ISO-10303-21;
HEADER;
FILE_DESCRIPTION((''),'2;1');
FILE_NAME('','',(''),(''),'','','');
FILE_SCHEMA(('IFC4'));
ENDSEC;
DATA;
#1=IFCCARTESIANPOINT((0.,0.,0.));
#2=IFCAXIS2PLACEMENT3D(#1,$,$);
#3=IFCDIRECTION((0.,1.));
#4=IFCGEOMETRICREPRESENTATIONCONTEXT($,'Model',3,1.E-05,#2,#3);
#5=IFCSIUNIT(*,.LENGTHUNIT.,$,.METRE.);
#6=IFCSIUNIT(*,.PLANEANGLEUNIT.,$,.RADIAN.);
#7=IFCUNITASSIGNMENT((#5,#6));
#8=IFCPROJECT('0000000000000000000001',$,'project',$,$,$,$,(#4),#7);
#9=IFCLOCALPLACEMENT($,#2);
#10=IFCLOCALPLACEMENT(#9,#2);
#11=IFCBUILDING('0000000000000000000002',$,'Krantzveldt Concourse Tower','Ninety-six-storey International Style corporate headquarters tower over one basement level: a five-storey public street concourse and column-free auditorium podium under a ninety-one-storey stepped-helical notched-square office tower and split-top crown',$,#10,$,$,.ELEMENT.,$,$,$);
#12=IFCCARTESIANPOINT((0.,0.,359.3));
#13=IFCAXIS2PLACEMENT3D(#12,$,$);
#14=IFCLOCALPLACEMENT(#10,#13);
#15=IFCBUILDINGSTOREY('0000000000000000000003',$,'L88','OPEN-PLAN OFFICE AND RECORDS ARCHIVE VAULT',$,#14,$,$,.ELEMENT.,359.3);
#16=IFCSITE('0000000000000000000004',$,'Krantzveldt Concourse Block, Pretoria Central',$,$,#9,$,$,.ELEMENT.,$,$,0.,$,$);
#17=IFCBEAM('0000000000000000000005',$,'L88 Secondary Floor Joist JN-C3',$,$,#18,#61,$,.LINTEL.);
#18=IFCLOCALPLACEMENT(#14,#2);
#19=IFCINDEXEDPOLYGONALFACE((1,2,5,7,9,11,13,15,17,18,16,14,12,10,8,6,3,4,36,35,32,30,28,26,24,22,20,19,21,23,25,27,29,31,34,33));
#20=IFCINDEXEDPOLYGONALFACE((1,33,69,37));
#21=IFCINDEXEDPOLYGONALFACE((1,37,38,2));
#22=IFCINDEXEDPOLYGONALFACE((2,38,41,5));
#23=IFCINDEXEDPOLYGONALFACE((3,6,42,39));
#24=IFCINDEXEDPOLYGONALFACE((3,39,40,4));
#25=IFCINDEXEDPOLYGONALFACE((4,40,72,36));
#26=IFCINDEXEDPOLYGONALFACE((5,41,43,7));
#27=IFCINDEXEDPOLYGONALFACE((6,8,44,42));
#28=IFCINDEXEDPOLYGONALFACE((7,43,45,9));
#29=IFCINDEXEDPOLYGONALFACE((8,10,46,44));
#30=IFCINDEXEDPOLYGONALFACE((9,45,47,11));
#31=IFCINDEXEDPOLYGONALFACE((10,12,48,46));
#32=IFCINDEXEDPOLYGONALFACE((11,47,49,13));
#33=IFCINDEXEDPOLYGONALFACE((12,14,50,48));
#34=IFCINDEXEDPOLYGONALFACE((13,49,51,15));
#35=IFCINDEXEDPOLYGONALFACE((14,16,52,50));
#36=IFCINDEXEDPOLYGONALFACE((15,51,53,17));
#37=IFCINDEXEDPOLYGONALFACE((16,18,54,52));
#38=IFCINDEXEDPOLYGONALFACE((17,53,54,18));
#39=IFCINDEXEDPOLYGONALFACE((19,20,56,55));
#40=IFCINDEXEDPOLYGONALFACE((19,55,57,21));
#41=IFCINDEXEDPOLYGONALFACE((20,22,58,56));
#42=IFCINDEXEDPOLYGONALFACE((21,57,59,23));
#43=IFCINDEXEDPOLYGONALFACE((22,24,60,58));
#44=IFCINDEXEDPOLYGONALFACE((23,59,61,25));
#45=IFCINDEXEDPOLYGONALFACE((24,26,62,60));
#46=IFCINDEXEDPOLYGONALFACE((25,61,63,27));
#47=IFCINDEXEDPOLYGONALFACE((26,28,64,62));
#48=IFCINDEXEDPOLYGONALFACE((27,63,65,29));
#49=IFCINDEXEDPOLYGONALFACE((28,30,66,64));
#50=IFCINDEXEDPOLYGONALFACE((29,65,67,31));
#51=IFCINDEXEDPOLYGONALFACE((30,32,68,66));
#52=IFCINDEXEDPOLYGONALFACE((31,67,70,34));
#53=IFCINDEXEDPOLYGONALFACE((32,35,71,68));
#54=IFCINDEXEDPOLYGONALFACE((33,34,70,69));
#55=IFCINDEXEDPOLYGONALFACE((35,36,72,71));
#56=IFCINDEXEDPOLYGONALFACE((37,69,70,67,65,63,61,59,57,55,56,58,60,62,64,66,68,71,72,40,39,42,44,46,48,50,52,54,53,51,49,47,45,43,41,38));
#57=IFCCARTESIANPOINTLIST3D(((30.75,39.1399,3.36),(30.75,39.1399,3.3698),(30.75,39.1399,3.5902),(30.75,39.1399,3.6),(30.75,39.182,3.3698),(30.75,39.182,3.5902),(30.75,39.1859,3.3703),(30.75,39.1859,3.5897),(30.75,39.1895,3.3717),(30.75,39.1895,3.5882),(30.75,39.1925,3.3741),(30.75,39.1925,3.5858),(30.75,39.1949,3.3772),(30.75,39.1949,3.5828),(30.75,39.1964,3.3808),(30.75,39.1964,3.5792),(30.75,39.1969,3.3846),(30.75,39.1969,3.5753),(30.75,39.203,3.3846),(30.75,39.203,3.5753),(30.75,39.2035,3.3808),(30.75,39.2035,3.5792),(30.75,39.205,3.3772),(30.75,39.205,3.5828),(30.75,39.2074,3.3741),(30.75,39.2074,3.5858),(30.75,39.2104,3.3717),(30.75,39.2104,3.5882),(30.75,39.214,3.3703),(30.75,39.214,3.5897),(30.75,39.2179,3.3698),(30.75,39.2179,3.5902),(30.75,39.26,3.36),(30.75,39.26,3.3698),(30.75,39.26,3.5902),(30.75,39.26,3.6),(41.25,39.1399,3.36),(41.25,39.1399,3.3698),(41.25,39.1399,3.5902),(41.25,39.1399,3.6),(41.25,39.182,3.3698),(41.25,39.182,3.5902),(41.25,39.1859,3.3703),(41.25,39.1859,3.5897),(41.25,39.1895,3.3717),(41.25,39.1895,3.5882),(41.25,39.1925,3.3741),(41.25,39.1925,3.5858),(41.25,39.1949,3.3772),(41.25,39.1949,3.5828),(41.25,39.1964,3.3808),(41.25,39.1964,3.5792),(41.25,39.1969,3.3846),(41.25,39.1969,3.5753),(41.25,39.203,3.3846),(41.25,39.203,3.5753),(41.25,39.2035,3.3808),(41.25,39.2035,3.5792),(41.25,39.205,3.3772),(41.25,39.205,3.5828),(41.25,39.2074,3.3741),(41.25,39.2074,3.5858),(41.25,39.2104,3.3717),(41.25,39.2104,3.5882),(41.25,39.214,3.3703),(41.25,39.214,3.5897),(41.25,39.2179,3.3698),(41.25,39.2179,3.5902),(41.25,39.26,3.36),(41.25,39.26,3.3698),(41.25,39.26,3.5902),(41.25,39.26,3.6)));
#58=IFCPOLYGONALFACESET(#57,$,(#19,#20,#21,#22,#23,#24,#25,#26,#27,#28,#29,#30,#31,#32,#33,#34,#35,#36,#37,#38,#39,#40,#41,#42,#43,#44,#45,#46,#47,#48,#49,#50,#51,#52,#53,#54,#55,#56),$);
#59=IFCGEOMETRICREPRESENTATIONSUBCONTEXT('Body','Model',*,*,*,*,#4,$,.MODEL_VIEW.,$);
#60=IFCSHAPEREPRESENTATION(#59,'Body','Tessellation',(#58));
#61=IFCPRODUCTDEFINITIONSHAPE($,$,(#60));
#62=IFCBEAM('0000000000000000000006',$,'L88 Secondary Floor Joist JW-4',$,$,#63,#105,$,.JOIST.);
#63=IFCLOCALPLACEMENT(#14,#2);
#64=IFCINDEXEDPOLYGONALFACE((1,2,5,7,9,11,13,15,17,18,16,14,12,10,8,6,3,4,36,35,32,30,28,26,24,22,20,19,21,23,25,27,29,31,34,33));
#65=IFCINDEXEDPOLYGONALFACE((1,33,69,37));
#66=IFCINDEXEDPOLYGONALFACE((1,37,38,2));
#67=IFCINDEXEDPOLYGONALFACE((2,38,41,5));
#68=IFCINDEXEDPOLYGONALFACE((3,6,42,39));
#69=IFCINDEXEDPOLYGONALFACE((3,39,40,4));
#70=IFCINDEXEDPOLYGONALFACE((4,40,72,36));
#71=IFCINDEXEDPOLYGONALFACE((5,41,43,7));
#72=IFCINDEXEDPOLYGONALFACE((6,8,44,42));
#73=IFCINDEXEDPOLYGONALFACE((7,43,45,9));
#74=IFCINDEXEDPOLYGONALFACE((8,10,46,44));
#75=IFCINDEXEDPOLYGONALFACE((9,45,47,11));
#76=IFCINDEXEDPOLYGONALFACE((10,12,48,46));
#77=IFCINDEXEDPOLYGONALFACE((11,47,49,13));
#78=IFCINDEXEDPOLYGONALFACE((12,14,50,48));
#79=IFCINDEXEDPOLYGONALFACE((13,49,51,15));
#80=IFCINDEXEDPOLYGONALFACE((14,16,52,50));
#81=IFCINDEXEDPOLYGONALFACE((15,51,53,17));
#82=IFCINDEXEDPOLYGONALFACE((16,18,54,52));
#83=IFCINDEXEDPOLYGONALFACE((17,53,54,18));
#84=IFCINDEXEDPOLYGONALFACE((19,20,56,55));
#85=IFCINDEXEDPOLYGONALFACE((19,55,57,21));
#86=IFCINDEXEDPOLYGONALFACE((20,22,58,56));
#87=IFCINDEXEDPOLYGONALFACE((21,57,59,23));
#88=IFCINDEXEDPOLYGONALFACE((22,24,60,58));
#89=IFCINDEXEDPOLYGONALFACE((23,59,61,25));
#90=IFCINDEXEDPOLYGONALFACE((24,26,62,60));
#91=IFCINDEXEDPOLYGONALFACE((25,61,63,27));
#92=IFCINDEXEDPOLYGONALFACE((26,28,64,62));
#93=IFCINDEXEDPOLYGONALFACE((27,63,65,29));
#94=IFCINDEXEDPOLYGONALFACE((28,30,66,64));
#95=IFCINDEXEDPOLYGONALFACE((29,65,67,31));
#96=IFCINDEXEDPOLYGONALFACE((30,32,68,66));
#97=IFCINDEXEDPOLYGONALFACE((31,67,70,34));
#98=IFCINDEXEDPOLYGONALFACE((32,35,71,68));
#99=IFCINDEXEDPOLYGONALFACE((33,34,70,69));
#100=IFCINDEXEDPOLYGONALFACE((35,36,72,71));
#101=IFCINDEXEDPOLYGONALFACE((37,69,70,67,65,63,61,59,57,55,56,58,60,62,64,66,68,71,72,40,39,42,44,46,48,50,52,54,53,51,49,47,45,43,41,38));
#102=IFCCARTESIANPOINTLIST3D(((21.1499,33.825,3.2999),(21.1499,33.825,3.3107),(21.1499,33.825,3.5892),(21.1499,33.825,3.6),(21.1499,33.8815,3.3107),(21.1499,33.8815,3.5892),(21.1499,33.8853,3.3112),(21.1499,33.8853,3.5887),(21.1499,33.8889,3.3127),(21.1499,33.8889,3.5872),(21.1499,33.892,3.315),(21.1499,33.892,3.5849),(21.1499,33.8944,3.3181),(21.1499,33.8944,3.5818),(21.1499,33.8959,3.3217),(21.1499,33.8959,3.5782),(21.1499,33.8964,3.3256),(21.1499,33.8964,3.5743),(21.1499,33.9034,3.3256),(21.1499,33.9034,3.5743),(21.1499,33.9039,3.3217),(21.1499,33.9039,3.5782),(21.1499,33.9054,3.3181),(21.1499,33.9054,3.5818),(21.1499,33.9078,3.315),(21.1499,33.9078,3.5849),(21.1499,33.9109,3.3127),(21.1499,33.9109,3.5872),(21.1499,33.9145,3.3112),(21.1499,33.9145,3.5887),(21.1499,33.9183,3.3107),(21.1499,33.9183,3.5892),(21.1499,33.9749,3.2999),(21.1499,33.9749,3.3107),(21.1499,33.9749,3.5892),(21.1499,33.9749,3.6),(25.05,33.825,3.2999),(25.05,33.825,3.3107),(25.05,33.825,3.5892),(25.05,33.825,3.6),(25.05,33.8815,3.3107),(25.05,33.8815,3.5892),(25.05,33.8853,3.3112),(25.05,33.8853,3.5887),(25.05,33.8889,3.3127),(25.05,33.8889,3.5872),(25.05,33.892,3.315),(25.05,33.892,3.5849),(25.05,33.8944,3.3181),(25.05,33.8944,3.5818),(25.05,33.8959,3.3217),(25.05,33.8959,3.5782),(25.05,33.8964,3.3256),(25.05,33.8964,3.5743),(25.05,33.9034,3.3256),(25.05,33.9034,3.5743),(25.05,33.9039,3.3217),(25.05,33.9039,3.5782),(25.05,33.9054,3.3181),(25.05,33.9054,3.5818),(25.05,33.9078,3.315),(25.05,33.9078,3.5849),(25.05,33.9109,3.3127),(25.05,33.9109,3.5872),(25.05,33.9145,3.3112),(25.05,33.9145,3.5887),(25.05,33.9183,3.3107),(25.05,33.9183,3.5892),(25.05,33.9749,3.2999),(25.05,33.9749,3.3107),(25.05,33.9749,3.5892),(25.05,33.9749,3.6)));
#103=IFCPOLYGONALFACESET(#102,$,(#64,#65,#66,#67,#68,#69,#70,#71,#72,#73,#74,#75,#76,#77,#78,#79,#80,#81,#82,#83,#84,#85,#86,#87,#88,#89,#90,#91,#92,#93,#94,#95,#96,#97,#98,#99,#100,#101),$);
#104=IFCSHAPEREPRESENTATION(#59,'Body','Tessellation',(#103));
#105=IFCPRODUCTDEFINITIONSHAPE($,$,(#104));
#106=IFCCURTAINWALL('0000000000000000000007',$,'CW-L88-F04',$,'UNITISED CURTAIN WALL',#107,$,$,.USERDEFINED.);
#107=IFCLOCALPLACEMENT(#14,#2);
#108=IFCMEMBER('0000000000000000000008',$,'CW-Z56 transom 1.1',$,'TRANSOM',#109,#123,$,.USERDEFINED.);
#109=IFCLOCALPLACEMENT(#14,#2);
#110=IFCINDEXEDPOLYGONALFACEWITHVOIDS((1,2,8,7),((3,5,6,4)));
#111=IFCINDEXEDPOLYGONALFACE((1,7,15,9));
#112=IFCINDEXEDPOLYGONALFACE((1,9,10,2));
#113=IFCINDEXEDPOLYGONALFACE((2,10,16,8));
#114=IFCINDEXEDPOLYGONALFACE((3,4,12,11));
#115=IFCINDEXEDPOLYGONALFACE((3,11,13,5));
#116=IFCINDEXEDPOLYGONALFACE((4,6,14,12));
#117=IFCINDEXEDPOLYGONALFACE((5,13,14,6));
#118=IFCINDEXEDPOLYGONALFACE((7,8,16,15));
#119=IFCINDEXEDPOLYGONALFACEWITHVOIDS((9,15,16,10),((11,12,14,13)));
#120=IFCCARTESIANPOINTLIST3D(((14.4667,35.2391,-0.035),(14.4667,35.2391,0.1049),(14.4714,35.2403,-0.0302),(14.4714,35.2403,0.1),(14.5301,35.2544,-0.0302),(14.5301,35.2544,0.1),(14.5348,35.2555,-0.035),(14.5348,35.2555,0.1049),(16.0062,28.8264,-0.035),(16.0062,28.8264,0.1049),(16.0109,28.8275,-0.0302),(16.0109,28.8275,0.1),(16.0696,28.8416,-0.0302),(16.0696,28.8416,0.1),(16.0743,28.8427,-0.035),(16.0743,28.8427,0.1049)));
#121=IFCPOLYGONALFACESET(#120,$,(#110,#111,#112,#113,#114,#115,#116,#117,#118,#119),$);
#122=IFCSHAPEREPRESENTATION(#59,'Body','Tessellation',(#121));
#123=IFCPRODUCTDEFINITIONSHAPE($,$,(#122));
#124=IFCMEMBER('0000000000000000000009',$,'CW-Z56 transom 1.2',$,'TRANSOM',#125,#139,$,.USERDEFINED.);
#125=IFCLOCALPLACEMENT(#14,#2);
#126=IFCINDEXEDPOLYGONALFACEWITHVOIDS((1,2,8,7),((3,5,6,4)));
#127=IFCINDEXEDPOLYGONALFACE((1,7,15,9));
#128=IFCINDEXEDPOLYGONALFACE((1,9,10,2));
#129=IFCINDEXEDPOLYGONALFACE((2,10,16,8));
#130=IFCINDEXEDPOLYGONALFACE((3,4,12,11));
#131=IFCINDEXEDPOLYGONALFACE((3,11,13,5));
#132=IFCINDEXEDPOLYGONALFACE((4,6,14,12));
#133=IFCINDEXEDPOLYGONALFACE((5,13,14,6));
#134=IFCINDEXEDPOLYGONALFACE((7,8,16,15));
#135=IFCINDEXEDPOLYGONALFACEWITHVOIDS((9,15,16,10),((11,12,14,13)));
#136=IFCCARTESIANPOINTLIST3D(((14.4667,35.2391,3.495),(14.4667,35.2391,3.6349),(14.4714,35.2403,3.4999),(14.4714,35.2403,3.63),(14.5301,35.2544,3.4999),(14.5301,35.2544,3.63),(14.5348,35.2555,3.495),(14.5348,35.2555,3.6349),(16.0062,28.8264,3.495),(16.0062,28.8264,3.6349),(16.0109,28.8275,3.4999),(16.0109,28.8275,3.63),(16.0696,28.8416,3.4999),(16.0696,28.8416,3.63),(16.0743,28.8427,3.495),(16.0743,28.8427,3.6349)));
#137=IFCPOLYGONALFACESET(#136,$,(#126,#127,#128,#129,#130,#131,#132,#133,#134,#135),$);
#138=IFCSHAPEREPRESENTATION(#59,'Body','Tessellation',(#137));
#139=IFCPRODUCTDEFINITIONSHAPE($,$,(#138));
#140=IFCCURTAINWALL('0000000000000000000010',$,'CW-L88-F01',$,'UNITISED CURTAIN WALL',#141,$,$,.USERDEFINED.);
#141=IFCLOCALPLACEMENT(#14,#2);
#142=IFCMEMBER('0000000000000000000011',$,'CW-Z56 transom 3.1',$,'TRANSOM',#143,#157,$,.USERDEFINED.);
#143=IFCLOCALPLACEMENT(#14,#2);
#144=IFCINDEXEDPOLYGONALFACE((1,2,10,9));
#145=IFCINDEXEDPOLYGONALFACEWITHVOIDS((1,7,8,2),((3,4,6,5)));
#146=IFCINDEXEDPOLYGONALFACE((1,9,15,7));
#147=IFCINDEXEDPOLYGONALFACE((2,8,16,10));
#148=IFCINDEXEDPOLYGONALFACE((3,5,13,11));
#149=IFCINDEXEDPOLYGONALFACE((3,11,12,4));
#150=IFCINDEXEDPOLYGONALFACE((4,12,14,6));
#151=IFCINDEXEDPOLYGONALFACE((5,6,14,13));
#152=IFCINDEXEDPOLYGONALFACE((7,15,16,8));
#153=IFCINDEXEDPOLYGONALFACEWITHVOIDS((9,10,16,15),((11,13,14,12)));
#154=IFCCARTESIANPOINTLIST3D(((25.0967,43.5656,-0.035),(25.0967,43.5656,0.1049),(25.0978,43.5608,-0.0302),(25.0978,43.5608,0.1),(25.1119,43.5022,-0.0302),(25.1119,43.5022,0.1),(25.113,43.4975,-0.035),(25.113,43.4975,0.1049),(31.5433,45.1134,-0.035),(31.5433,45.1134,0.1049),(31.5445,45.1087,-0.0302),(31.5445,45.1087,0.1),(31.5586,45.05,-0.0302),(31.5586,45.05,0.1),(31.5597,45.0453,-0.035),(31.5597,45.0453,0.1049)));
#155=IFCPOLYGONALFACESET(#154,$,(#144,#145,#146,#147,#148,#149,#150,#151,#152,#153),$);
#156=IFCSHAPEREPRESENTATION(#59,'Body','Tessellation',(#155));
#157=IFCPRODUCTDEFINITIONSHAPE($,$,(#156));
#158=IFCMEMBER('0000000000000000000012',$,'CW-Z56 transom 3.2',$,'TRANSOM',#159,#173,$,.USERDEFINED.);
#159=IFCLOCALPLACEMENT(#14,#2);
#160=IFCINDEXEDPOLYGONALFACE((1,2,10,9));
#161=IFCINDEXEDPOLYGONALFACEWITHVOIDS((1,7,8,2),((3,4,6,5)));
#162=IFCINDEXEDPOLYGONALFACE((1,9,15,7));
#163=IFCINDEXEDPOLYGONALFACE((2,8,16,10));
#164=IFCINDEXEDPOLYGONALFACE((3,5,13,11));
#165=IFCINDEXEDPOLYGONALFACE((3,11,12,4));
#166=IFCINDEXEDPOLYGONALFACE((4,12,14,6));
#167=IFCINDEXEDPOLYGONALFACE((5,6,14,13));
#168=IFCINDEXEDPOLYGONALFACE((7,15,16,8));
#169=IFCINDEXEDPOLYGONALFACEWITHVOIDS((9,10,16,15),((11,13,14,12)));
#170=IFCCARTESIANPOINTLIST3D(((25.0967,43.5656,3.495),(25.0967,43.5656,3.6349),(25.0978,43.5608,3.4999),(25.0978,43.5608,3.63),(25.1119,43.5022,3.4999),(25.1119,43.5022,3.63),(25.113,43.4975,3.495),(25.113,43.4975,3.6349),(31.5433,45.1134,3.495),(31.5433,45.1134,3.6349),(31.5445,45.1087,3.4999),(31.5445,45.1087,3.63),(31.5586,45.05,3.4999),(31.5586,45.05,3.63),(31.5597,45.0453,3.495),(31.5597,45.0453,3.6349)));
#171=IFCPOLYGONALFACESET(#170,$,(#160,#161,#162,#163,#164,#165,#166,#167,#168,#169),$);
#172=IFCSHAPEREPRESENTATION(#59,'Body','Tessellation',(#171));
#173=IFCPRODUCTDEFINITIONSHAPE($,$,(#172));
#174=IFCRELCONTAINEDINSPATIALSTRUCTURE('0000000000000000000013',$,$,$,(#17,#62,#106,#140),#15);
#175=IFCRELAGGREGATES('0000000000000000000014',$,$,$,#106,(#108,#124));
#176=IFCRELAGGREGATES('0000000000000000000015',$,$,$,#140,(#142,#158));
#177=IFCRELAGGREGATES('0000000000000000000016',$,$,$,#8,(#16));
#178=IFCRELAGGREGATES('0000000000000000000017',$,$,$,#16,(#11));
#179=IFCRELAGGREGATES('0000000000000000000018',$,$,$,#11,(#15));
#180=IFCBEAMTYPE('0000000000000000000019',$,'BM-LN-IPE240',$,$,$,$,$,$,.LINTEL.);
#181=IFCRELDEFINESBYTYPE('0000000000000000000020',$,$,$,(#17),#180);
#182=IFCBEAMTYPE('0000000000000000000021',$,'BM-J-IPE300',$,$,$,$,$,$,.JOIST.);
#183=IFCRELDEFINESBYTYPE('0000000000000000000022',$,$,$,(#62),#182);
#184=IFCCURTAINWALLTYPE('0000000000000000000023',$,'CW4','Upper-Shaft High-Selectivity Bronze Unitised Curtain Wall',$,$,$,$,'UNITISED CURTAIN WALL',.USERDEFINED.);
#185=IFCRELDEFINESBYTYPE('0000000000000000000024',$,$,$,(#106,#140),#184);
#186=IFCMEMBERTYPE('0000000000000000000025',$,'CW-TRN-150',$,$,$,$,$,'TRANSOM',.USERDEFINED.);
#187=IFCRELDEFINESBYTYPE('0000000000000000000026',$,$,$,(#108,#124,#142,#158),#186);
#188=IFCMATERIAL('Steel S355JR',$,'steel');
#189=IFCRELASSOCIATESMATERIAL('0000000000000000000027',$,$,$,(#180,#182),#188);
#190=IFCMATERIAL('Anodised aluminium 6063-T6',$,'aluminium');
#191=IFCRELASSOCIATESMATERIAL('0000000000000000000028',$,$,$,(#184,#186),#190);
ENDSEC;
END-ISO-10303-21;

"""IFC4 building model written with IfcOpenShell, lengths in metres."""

from ifc_helpers import new_model, si_unit, direction, frame, origin, origin_2d, place, context, subcontext, project, spatial, hollow_rectangle, i_section, extrude, source, transform, mapped, material, material_profile, profile_set, type_object, type_shapes, element, aggregate, save


model = new_model("IFC4")

# Units and contexts
model_context = context("Model", 3, precision=1e-05, world=origin(), true_north=direction((0.0, 1.0)))
body_context = subcontext(model_context, "Body", "Model", "MODEL_VIEW")
ifc_project = project(units=[si_unit("LENGTHUNIT", "METRE"), si_unit("PLANEANGLEUNIT", "RADIAN")], contexts=[model_context])

# Site, building, storey
site_placement = place(None, origin())
site = spatial("IfcSite", under=ifc_project, at=site_placement, Name="Krantzveldt Concourse Block, Pretoria Central", CompositionType="ELEMENT", RefElevation=0.0)
building_placement = place(site_placement, origin())
building = spatial("IfcBuilding", under=site, at=building_placement, Name="Krantzveldt Concourse Tower", Description="Ninety-six-storey International Style corporate headquarters tower over one basement level: a five-storey public street concourse and column-free auditorium podium under a ninety-one-storey stepped-helical notched-square office tower and split-top crown", CompositionType="ELEMENT")
storey_placement = place(building_placement, frame((0.0, 0.0, 359.3)))
storey = spatial("IfcBuildingStorey", under=building, at=storey_placement, Name="L88", Description="OPEN-PLAN OFFICE AND RECORDS ARCHIVE VAULT", CompositionType="ELEMENT", Elevation=359.3)

# Beams
ifc_material_1 = material(Name="Steel S355JR", Category="steel")
ifc_material_profile_1 = material_profile(ifc_material_1, i_section(OverallWidth=0.1201, OverallDepth=0.24, WebThickness=0.0061, FlangeThickness=0.0098, FilletRadius=0.0149, at=origin_2d()), Name="Steel S355JR", Category="steel")
ifc_profile_set_1 = profile_set([ifc_material_profile_1], Name="Steel S355JR - IPE 240")
beam_type_1 = type_object("IfcBeamType", Name="BM-LN-IPE240", PredefinedType="LINTEL", material=ifc_profile_set_1)
shared_shape_1 = source(origin(), body_context, "Body", "SweptSolid", [
    extrude(i_section(OverallWidth=0.1201, OverallDepth=0.24, WebThickness=0.0061, FlangeThickness=0.0098, FilletRadius=0.0149, at=origin_2d()), origin(), (0.0, 0.0, 1.0), 10.5),
])
type_shapes(beam_type_1, [shared_shape_1])
beam_1_placement = place(storey_placement, frame((30.75, 39.2, 3.48), z_axis=(1.0, 0.0, 0.0), x_axis=(0.0, 1.0, 0.0)))
element("IfcBeam", 1, at=beam_1_placement, inside=storey, type_object=beam_type_1, Name="L88 Secondary Floor Joist JN-C3", PredefinedType="LINTEL", context=body_context, shape_type="MappedRepresentation", body=[
    mapped(shared_shape_1, transform((0.0, 0.0, 0.0), x_axis=(1.0, 0.0, 0.0), y_axis=(0.0, 1.0, 0.0), z_axis=(0.0, 0.0, 1.0), scale=1.0)),
])
ifc_material_profile_2 = material_profile(ifc_material_1, i_section(OverallWidth=0.1499, OverallDepth=0.3, WebThickness=0.0071, FlangeThickness=0.0107, FilletRadius=0.0149, at=origin_2d()), Name="Steel S355JR", Category="steel")
ifc_profile_set_2 = profile_set([ifc_material_profile_2], Name="Steel S355JR - IPE 300")
beam_type_2 = type_object("IfcBeamType", Name="BM-J-IPE300", PredefinedType="JOIST", material=ifc_profile_set_2)
shared_shape_2 = source(origin(), body_context, "Body", "SweptSolid", [
    extrude(i_section(OverallWidth=0.1499, OverallDepth=0.3, WebThickness=0.0071, FlangeThickness=0.0107, FilletRadius=0.0149, at=origin_2d()), origin(), (0.0, 0.0, 1.0), 3.9001),
])
type_shapes(beam_type_2, [shared_shape_2])
beam_2_placement = place(storey_placement, frame((21.1499, 33.8999, 3.45), z_axis=(1.0, 0.0, 0.0), x_axis=(0.0, 1.0, 0.0)))
element("IfcBeam", 2, at=beam_2_placement, inside=storey, type_object=beam_type_2, Name="L88 Secondary Floor Joist JW-4", PredefinedType="JOIST", context=body_context, shape_type="MappedRepresentation", body=[
    mapped(shared_shape_2, transform((0.0, 0.0, 0.0), x_axis=(1.0, 0.0, 0.0), y_axis=(0.0, 1.0, 0.0), z_axis=(0.0, 0.0, 1.0), scale=1.0)),
])

# Curtain walls, members
ifc_material_2 = material(Name="Anodised aluminium 6063-T6", Category="aluminium")
curtain_wall_type = type_object("IfcCurtainWallType", Name="CW4", Description="Upper-Shaft High-Selectivity Bronze Unitised Curtain Wall", ElementType="UNITISED CURTAIN WALL", PredefinedType="USERDEFINED", material=ifc_material_2)
curtain_wall_1_placement = place(storey_placement, origin())
curtain_wall_1 = element("IfcCurtainWall", 3, at=curtain_wall_1_placement, inside=storey, type_object=curtain_wall_type, Name="CW-L88-F04", ObjectType="UNITISED CURTAIN WALL", PredefinedType="USERDEFINED")
ifc_material_profile_3 = material_profile(ifc_material_2, hollow_rectangle(XDim=0.0701, YDim=0.1399, WallThickness=0.0049, at=origin_2d()), Name="Anodised aluminium 6063-T6", Category="aluminium")
ifc_profile_set_3 = profile_set([ifc_material_profile_3], Name="Anodised aluminium 6063-T6 - ALU-TRAN 140x70x5")
member_type_1 = type_object("IfcMemberType", Name="CW-TRN-150", ElementType="TRANSOM", PredefinedType="USERDEFINED", material=ifc_profile_set_3)
shared_shape_3 = source(origin(), body_context, "Body", "SweptSolid", [
    extrude(hollow_rectangle(XDim=0.0701, YDim=0.1399, WallThickness=0.0049, at=origin_2d()), origin(), (0.0, 0.0, 1.0), 6.595),
])
member_1_placement = place(storey_placement, frame((14.5007, 35.2473, 0.0349), z_axis=(0.23344, -0.972371, 0.0), x_axis=(0.972371, 0.23344, 0.0)))
member_1 = element("IfcMember", 4, at=member_1_placement, type_object=member_type_1, Name="CW-Z56 transom 1.1", ObjectType="TRANSOM", PredefinedType="USERDEFINED", context=body_context, shape_type="MappedRepresentation", body=[
    mapped(shared_shape_3, transform((0.0, 0.0, 0.0), x_axis=(1.0, 0.0, 0.0), y_axis=(0.0, 1.0, 0.0), z_axis=(0.0, 0.0, 1.0), scale=1.0)),
])
member_2_placement = place(storey_placement, frame((14.5007, 35.2473, 3.5649), z_axis=(0.23344, -0.972371, 0.0), x_axis=(0.972371, 0.23344, 0.0)))
member_2 = element("IfcMember", 5, at=member_2_placement, type_object=member_type_1, Name="CW-Z56 transom 1.2", ObjectType="TRANSOM", PredefinedType="USERDEFINED", context=body_context, shape_type="MappedRepresentation", body=[
    mapped(shared_shape_3, transform((0.0, 0.0, 0.0), x_axis=(1.0, 0.0, 0.0), y_axis=(0.0, 1.0, 0.0), z_axis=(0.0, 0.0, 1.0), scale=1.0)),
])
curtain_wall_2_placement = place(storey_placement, origin())
curtain_wall_2 = element("IfcCurtainWall", 6, at=curtain_wall_2_placement, inside=storey, type_object=curtain_wall_type, Name="CW-L88-F01", ObjectType="UNITISED CURTAIN WALL", PredefinedType="USERDEFINED")
shared_shape_4 = source(origin(), body_context, "Body", "SweptSolid", [
    extrude(hollow_rectangle(XDim=0.0701, YDim=0.1399, WallThickness=0.0049, at=origin_2d()), origin(), (0.0, 0.0, 1.0), 6.6299),
])
member_3_placement = place(storey_placement, frame((31.5515, 45.0793, 0.0349), z_axis=(-0.972366, -0.233462, 0.0), x_axis=(0.233462, -0.972366, 0.0)))
member_3 = element("IfcMember", 7, at=member_3_placement, type_object=member_type_1, Name="CW-Z56 transom 3.1", ObjectType="TRANSOM", PredefinedType="USERDEFINED", context=body_context, shape_type="MappedRepresentation", body=[
    mapped(shared_shape_4, transform((0.0, 0.0, 0.0), x_axis=(1.0, 0.0, 0.0), y_axis=(0.0, 1.0, 0.0), z_axis=(0.0, 0.0, 1.0), scale=1.0)),
])
member_4_placement = place(storey_placement, frame((31.5515, 45.0793, 3.5649), z_axis=(-0.972366, -0.233462, 0.0), x_axis=(0.233462, -0.972366, 0.0)))
member_4 = element("IfcMember", 8, at=member_4_placement, type_object=member_type_1, Name="CW-Z56 transom 3.2", ObjectType="TRANSOM", PredefinedType="USERDEFINED", context=body_context, shape_type="MappedRepresentation", body=[
    mapped(shared_shape_4, transform((0.0, 0.0, 0.0), x_axis=(1.0, 0.0, 0.0), y_axis=(0.0, 1.0, 0.0), z_axis=(0.0, 0.0, 1.0), scale=1.0)),
])

aggregate(curtain_wall_1, [member_1, member_2])

aggregate(curtain_wall_2, [member_3, member_4])

save(model, "model.ifc")
